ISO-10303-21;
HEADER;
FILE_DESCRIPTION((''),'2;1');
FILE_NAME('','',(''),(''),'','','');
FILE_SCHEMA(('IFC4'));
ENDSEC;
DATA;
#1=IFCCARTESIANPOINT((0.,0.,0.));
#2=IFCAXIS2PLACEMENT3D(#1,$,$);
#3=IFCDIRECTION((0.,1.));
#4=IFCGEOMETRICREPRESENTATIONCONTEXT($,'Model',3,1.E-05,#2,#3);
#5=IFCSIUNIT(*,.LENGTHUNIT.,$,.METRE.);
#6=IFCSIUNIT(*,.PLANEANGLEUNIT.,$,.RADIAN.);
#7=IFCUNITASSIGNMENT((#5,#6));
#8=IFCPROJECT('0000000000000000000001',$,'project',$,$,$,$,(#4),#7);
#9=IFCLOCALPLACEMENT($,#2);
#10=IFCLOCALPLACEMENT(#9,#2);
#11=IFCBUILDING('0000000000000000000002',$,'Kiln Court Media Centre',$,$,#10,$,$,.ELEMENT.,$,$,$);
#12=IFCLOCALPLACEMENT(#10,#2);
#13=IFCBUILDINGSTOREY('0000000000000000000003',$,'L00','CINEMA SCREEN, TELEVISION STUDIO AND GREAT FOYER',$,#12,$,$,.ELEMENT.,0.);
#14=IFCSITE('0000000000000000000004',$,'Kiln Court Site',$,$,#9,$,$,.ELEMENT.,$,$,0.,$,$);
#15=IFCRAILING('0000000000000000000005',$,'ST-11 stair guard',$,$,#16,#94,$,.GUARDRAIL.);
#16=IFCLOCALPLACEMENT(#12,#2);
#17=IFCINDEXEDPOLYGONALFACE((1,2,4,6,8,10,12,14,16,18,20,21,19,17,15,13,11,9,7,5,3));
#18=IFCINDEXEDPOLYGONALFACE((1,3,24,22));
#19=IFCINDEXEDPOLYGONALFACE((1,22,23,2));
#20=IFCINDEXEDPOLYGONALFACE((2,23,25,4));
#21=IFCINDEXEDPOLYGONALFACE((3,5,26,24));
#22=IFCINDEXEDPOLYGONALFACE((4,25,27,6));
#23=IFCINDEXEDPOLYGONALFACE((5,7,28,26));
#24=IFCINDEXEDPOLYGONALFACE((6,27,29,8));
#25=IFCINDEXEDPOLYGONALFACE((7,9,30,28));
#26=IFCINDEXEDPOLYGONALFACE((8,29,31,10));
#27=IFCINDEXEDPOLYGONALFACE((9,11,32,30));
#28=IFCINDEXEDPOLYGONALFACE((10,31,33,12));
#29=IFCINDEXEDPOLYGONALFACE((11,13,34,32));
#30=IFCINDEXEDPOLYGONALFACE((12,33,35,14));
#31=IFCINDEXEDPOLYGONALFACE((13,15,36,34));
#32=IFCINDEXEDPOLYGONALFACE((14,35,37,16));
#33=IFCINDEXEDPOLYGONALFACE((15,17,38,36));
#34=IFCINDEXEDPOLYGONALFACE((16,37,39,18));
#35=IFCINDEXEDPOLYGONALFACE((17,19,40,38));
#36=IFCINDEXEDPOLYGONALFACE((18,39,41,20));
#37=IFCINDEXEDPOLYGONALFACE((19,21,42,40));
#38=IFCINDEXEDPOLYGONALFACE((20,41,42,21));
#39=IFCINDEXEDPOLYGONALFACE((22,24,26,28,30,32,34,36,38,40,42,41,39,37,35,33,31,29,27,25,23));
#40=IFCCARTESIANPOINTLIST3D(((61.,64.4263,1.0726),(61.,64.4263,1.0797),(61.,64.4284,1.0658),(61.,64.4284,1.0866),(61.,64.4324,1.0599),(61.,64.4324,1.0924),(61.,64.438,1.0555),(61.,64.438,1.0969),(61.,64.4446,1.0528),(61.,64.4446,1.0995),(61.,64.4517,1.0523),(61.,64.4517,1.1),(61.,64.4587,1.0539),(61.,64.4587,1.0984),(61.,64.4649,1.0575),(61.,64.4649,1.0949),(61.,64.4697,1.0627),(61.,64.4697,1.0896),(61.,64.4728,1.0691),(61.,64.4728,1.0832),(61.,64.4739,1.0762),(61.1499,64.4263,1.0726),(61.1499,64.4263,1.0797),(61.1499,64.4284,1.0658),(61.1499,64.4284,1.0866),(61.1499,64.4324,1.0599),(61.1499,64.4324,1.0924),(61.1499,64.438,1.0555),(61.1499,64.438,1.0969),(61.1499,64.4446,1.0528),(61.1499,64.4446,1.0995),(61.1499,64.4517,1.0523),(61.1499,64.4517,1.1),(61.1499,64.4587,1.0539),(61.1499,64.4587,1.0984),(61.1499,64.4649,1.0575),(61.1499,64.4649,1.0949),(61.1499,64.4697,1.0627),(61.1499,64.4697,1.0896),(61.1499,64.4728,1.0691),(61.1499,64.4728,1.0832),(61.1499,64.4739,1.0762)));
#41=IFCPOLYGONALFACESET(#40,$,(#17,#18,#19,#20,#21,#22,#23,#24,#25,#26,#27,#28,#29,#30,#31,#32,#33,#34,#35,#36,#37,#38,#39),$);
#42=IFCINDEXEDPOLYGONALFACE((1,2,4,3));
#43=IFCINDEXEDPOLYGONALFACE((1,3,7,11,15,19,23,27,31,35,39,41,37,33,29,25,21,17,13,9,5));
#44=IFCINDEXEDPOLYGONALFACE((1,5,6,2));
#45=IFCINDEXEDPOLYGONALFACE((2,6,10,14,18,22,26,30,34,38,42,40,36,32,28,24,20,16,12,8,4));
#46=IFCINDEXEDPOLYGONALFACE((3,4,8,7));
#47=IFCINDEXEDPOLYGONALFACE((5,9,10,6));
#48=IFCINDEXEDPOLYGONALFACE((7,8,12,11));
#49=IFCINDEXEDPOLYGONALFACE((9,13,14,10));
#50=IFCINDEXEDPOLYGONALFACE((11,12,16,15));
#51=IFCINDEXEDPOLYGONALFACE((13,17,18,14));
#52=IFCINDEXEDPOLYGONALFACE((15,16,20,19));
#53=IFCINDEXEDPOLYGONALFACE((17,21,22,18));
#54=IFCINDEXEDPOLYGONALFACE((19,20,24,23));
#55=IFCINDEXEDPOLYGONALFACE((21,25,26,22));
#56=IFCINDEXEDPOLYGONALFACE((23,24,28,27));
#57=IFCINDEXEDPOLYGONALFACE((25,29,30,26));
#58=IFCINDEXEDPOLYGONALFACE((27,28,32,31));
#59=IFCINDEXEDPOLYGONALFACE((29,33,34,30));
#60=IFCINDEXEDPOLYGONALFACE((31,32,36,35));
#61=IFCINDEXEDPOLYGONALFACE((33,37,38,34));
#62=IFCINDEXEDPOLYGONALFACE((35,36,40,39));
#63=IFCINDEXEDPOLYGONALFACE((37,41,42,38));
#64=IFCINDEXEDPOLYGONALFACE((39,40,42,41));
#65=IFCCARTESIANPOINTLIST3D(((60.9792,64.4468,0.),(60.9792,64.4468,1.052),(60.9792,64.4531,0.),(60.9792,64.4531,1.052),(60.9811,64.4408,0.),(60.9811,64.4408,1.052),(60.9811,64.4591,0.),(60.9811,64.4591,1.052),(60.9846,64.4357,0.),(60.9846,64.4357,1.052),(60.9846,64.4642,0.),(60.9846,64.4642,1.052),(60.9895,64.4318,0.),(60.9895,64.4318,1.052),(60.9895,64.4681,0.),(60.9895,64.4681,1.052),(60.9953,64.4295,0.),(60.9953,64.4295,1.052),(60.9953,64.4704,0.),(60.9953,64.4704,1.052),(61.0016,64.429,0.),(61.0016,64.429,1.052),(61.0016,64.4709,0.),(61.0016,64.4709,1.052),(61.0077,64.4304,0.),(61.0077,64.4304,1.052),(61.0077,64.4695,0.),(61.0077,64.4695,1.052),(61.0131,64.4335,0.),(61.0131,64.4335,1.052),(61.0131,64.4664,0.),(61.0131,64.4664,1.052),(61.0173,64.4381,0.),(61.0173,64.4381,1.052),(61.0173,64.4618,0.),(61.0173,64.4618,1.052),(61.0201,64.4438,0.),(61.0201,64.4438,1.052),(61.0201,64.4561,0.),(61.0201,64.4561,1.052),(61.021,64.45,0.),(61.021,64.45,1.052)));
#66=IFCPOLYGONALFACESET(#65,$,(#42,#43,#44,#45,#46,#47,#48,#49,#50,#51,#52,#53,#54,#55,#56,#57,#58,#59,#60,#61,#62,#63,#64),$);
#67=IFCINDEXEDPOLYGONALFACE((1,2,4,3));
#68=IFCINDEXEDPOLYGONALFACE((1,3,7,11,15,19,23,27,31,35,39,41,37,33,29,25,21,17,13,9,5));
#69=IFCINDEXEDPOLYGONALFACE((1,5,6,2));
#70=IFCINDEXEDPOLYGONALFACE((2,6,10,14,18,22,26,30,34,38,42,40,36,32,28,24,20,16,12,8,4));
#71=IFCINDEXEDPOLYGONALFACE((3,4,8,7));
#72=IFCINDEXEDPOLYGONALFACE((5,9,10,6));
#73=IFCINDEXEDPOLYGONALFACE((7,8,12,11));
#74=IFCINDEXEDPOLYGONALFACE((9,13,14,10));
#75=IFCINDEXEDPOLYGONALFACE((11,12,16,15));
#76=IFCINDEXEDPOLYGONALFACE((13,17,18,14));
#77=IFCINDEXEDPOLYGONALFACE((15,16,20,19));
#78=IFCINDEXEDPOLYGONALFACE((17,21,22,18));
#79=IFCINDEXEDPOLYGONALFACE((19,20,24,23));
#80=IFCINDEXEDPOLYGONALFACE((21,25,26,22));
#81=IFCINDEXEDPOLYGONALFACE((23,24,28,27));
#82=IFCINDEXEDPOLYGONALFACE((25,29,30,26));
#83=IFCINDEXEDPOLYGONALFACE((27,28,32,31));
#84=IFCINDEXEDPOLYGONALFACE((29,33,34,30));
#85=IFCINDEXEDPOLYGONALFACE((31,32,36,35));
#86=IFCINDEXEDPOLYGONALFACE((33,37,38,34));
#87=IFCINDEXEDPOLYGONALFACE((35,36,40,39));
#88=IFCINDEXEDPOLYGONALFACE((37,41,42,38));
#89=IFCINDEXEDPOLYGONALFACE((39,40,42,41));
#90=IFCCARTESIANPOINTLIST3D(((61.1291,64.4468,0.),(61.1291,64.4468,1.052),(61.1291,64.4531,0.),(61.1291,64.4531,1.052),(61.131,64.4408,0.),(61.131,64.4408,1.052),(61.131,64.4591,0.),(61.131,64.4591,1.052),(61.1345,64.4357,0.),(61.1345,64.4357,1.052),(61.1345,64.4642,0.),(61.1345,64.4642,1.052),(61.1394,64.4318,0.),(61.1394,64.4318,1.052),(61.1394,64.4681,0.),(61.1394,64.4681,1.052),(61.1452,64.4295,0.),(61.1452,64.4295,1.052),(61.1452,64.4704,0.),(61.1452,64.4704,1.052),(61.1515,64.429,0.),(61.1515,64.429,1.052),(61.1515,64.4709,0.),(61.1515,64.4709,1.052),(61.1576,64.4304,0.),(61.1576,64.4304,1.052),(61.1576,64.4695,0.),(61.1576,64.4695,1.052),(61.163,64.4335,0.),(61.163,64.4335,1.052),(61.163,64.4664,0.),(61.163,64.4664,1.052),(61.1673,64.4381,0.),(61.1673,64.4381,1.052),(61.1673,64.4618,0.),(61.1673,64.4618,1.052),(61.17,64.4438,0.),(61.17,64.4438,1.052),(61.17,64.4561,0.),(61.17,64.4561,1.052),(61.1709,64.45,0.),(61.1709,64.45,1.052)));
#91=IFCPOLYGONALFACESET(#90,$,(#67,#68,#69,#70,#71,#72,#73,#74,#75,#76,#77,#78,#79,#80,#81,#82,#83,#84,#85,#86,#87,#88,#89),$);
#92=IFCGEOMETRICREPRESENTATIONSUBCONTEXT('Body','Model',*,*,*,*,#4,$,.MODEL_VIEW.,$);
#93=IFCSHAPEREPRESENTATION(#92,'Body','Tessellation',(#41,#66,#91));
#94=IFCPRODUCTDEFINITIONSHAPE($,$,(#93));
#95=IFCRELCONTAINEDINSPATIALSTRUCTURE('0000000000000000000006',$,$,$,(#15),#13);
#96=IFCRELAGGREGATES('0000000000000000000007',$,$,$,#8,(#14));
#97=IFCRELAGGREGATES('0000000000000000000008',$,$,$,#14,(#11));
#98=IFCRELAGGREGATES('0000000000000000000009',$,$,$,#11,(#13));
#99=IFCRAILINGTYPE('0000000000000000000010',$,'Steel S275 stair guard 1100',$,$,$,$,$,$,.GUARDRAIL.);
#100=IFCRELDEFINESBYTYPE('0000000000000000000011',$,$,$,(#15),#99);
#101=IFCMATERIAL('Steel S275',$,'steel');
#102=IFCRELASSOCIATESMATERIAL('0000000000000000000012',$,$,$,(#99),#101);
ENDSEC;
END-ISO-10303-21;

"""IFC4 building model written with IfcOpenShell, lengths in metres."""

from ifc_helpers import new_model, si_unit, direction, frame, origin, origin_2d, place, context, subcontext, project, spatial, circle, extrude, material, type_object, element, save


model = new_model("IFC4")

# Units and contexts
model_context = context("Model", 3, precision=1e-05, world=origin(), true_north=direction((0.0, 1.0)))
body_context = subcontext(model_context, "Body", "Model", "MODEL_VIEW")
ifc_project = project(units=[si_unit("LENGTHUNIT", "METRE"), si_unit("PLANEANGLEUNIT", "RADIAN")], contexts=[model_context])

# Site, building, storey
site_placement = place(None, origin())
site = spatial("IfcSite", under=ifc_project, at=site_placement, Name="Kiln Court Site", CompositionType="ELEMENT", RefElevation=0.0)
building_placement = place(site_placement, origin())
building = spatial("IfcBuilding", under=site, at=building_placement, Name="Kiln Court Media Centre", CompositionType="ELEMENT")
storey_placement = place(building_placement, origin())
storey = spatial("IfcBuildingStorey", under=building, at=storey_placement, Name="L00", Description="CINEMA SCREEN, TELEVISION STUDIO AND GREAT FOYER", CompositionType="ELEMENT", Elevation=0.0)

# Railing
ifc_material_1 = material(Name="Steel S275", Category="steel")
railing_type_1 = type_object("IfcRailingType", Name="Steel S275 stair guard 1100", PredefinedType="GUARDRAIL", material=ifc_material_1)
railing_1_placement = place(storey_placement, frame((61.0, 64.45, 0.0)))
element("IfcRailing", 1, at=railing_1_placement, inside=storey, type_object=railing_type_1, Name="ST-11 stair guard", PredefinedType="GUARDRAIL", context=body_context, shape_type="SweptSolid", body=[
    extrude(circle(Radius=0.0239, at=origin_2d()), frame((0.0, 0.0, 1.0762), z_axis=(1.0, 0.0, 0.0), x_axis=(0.0, 1.0, 0.0)), (0.0, 0.0, 1.0), 0.1499),
    extrude(circle(Radius=0.021, at=origin_2d()), origin(), (0.0, 0.0, 1.0), 1.052),
    extrude(circle(Radius=0.021, at=origin_2d()), frame((0.1499, 0.0, 0.0)), (0.0, 0.0, 1.0), 1.052),
])

save(model, "model.ifc")
